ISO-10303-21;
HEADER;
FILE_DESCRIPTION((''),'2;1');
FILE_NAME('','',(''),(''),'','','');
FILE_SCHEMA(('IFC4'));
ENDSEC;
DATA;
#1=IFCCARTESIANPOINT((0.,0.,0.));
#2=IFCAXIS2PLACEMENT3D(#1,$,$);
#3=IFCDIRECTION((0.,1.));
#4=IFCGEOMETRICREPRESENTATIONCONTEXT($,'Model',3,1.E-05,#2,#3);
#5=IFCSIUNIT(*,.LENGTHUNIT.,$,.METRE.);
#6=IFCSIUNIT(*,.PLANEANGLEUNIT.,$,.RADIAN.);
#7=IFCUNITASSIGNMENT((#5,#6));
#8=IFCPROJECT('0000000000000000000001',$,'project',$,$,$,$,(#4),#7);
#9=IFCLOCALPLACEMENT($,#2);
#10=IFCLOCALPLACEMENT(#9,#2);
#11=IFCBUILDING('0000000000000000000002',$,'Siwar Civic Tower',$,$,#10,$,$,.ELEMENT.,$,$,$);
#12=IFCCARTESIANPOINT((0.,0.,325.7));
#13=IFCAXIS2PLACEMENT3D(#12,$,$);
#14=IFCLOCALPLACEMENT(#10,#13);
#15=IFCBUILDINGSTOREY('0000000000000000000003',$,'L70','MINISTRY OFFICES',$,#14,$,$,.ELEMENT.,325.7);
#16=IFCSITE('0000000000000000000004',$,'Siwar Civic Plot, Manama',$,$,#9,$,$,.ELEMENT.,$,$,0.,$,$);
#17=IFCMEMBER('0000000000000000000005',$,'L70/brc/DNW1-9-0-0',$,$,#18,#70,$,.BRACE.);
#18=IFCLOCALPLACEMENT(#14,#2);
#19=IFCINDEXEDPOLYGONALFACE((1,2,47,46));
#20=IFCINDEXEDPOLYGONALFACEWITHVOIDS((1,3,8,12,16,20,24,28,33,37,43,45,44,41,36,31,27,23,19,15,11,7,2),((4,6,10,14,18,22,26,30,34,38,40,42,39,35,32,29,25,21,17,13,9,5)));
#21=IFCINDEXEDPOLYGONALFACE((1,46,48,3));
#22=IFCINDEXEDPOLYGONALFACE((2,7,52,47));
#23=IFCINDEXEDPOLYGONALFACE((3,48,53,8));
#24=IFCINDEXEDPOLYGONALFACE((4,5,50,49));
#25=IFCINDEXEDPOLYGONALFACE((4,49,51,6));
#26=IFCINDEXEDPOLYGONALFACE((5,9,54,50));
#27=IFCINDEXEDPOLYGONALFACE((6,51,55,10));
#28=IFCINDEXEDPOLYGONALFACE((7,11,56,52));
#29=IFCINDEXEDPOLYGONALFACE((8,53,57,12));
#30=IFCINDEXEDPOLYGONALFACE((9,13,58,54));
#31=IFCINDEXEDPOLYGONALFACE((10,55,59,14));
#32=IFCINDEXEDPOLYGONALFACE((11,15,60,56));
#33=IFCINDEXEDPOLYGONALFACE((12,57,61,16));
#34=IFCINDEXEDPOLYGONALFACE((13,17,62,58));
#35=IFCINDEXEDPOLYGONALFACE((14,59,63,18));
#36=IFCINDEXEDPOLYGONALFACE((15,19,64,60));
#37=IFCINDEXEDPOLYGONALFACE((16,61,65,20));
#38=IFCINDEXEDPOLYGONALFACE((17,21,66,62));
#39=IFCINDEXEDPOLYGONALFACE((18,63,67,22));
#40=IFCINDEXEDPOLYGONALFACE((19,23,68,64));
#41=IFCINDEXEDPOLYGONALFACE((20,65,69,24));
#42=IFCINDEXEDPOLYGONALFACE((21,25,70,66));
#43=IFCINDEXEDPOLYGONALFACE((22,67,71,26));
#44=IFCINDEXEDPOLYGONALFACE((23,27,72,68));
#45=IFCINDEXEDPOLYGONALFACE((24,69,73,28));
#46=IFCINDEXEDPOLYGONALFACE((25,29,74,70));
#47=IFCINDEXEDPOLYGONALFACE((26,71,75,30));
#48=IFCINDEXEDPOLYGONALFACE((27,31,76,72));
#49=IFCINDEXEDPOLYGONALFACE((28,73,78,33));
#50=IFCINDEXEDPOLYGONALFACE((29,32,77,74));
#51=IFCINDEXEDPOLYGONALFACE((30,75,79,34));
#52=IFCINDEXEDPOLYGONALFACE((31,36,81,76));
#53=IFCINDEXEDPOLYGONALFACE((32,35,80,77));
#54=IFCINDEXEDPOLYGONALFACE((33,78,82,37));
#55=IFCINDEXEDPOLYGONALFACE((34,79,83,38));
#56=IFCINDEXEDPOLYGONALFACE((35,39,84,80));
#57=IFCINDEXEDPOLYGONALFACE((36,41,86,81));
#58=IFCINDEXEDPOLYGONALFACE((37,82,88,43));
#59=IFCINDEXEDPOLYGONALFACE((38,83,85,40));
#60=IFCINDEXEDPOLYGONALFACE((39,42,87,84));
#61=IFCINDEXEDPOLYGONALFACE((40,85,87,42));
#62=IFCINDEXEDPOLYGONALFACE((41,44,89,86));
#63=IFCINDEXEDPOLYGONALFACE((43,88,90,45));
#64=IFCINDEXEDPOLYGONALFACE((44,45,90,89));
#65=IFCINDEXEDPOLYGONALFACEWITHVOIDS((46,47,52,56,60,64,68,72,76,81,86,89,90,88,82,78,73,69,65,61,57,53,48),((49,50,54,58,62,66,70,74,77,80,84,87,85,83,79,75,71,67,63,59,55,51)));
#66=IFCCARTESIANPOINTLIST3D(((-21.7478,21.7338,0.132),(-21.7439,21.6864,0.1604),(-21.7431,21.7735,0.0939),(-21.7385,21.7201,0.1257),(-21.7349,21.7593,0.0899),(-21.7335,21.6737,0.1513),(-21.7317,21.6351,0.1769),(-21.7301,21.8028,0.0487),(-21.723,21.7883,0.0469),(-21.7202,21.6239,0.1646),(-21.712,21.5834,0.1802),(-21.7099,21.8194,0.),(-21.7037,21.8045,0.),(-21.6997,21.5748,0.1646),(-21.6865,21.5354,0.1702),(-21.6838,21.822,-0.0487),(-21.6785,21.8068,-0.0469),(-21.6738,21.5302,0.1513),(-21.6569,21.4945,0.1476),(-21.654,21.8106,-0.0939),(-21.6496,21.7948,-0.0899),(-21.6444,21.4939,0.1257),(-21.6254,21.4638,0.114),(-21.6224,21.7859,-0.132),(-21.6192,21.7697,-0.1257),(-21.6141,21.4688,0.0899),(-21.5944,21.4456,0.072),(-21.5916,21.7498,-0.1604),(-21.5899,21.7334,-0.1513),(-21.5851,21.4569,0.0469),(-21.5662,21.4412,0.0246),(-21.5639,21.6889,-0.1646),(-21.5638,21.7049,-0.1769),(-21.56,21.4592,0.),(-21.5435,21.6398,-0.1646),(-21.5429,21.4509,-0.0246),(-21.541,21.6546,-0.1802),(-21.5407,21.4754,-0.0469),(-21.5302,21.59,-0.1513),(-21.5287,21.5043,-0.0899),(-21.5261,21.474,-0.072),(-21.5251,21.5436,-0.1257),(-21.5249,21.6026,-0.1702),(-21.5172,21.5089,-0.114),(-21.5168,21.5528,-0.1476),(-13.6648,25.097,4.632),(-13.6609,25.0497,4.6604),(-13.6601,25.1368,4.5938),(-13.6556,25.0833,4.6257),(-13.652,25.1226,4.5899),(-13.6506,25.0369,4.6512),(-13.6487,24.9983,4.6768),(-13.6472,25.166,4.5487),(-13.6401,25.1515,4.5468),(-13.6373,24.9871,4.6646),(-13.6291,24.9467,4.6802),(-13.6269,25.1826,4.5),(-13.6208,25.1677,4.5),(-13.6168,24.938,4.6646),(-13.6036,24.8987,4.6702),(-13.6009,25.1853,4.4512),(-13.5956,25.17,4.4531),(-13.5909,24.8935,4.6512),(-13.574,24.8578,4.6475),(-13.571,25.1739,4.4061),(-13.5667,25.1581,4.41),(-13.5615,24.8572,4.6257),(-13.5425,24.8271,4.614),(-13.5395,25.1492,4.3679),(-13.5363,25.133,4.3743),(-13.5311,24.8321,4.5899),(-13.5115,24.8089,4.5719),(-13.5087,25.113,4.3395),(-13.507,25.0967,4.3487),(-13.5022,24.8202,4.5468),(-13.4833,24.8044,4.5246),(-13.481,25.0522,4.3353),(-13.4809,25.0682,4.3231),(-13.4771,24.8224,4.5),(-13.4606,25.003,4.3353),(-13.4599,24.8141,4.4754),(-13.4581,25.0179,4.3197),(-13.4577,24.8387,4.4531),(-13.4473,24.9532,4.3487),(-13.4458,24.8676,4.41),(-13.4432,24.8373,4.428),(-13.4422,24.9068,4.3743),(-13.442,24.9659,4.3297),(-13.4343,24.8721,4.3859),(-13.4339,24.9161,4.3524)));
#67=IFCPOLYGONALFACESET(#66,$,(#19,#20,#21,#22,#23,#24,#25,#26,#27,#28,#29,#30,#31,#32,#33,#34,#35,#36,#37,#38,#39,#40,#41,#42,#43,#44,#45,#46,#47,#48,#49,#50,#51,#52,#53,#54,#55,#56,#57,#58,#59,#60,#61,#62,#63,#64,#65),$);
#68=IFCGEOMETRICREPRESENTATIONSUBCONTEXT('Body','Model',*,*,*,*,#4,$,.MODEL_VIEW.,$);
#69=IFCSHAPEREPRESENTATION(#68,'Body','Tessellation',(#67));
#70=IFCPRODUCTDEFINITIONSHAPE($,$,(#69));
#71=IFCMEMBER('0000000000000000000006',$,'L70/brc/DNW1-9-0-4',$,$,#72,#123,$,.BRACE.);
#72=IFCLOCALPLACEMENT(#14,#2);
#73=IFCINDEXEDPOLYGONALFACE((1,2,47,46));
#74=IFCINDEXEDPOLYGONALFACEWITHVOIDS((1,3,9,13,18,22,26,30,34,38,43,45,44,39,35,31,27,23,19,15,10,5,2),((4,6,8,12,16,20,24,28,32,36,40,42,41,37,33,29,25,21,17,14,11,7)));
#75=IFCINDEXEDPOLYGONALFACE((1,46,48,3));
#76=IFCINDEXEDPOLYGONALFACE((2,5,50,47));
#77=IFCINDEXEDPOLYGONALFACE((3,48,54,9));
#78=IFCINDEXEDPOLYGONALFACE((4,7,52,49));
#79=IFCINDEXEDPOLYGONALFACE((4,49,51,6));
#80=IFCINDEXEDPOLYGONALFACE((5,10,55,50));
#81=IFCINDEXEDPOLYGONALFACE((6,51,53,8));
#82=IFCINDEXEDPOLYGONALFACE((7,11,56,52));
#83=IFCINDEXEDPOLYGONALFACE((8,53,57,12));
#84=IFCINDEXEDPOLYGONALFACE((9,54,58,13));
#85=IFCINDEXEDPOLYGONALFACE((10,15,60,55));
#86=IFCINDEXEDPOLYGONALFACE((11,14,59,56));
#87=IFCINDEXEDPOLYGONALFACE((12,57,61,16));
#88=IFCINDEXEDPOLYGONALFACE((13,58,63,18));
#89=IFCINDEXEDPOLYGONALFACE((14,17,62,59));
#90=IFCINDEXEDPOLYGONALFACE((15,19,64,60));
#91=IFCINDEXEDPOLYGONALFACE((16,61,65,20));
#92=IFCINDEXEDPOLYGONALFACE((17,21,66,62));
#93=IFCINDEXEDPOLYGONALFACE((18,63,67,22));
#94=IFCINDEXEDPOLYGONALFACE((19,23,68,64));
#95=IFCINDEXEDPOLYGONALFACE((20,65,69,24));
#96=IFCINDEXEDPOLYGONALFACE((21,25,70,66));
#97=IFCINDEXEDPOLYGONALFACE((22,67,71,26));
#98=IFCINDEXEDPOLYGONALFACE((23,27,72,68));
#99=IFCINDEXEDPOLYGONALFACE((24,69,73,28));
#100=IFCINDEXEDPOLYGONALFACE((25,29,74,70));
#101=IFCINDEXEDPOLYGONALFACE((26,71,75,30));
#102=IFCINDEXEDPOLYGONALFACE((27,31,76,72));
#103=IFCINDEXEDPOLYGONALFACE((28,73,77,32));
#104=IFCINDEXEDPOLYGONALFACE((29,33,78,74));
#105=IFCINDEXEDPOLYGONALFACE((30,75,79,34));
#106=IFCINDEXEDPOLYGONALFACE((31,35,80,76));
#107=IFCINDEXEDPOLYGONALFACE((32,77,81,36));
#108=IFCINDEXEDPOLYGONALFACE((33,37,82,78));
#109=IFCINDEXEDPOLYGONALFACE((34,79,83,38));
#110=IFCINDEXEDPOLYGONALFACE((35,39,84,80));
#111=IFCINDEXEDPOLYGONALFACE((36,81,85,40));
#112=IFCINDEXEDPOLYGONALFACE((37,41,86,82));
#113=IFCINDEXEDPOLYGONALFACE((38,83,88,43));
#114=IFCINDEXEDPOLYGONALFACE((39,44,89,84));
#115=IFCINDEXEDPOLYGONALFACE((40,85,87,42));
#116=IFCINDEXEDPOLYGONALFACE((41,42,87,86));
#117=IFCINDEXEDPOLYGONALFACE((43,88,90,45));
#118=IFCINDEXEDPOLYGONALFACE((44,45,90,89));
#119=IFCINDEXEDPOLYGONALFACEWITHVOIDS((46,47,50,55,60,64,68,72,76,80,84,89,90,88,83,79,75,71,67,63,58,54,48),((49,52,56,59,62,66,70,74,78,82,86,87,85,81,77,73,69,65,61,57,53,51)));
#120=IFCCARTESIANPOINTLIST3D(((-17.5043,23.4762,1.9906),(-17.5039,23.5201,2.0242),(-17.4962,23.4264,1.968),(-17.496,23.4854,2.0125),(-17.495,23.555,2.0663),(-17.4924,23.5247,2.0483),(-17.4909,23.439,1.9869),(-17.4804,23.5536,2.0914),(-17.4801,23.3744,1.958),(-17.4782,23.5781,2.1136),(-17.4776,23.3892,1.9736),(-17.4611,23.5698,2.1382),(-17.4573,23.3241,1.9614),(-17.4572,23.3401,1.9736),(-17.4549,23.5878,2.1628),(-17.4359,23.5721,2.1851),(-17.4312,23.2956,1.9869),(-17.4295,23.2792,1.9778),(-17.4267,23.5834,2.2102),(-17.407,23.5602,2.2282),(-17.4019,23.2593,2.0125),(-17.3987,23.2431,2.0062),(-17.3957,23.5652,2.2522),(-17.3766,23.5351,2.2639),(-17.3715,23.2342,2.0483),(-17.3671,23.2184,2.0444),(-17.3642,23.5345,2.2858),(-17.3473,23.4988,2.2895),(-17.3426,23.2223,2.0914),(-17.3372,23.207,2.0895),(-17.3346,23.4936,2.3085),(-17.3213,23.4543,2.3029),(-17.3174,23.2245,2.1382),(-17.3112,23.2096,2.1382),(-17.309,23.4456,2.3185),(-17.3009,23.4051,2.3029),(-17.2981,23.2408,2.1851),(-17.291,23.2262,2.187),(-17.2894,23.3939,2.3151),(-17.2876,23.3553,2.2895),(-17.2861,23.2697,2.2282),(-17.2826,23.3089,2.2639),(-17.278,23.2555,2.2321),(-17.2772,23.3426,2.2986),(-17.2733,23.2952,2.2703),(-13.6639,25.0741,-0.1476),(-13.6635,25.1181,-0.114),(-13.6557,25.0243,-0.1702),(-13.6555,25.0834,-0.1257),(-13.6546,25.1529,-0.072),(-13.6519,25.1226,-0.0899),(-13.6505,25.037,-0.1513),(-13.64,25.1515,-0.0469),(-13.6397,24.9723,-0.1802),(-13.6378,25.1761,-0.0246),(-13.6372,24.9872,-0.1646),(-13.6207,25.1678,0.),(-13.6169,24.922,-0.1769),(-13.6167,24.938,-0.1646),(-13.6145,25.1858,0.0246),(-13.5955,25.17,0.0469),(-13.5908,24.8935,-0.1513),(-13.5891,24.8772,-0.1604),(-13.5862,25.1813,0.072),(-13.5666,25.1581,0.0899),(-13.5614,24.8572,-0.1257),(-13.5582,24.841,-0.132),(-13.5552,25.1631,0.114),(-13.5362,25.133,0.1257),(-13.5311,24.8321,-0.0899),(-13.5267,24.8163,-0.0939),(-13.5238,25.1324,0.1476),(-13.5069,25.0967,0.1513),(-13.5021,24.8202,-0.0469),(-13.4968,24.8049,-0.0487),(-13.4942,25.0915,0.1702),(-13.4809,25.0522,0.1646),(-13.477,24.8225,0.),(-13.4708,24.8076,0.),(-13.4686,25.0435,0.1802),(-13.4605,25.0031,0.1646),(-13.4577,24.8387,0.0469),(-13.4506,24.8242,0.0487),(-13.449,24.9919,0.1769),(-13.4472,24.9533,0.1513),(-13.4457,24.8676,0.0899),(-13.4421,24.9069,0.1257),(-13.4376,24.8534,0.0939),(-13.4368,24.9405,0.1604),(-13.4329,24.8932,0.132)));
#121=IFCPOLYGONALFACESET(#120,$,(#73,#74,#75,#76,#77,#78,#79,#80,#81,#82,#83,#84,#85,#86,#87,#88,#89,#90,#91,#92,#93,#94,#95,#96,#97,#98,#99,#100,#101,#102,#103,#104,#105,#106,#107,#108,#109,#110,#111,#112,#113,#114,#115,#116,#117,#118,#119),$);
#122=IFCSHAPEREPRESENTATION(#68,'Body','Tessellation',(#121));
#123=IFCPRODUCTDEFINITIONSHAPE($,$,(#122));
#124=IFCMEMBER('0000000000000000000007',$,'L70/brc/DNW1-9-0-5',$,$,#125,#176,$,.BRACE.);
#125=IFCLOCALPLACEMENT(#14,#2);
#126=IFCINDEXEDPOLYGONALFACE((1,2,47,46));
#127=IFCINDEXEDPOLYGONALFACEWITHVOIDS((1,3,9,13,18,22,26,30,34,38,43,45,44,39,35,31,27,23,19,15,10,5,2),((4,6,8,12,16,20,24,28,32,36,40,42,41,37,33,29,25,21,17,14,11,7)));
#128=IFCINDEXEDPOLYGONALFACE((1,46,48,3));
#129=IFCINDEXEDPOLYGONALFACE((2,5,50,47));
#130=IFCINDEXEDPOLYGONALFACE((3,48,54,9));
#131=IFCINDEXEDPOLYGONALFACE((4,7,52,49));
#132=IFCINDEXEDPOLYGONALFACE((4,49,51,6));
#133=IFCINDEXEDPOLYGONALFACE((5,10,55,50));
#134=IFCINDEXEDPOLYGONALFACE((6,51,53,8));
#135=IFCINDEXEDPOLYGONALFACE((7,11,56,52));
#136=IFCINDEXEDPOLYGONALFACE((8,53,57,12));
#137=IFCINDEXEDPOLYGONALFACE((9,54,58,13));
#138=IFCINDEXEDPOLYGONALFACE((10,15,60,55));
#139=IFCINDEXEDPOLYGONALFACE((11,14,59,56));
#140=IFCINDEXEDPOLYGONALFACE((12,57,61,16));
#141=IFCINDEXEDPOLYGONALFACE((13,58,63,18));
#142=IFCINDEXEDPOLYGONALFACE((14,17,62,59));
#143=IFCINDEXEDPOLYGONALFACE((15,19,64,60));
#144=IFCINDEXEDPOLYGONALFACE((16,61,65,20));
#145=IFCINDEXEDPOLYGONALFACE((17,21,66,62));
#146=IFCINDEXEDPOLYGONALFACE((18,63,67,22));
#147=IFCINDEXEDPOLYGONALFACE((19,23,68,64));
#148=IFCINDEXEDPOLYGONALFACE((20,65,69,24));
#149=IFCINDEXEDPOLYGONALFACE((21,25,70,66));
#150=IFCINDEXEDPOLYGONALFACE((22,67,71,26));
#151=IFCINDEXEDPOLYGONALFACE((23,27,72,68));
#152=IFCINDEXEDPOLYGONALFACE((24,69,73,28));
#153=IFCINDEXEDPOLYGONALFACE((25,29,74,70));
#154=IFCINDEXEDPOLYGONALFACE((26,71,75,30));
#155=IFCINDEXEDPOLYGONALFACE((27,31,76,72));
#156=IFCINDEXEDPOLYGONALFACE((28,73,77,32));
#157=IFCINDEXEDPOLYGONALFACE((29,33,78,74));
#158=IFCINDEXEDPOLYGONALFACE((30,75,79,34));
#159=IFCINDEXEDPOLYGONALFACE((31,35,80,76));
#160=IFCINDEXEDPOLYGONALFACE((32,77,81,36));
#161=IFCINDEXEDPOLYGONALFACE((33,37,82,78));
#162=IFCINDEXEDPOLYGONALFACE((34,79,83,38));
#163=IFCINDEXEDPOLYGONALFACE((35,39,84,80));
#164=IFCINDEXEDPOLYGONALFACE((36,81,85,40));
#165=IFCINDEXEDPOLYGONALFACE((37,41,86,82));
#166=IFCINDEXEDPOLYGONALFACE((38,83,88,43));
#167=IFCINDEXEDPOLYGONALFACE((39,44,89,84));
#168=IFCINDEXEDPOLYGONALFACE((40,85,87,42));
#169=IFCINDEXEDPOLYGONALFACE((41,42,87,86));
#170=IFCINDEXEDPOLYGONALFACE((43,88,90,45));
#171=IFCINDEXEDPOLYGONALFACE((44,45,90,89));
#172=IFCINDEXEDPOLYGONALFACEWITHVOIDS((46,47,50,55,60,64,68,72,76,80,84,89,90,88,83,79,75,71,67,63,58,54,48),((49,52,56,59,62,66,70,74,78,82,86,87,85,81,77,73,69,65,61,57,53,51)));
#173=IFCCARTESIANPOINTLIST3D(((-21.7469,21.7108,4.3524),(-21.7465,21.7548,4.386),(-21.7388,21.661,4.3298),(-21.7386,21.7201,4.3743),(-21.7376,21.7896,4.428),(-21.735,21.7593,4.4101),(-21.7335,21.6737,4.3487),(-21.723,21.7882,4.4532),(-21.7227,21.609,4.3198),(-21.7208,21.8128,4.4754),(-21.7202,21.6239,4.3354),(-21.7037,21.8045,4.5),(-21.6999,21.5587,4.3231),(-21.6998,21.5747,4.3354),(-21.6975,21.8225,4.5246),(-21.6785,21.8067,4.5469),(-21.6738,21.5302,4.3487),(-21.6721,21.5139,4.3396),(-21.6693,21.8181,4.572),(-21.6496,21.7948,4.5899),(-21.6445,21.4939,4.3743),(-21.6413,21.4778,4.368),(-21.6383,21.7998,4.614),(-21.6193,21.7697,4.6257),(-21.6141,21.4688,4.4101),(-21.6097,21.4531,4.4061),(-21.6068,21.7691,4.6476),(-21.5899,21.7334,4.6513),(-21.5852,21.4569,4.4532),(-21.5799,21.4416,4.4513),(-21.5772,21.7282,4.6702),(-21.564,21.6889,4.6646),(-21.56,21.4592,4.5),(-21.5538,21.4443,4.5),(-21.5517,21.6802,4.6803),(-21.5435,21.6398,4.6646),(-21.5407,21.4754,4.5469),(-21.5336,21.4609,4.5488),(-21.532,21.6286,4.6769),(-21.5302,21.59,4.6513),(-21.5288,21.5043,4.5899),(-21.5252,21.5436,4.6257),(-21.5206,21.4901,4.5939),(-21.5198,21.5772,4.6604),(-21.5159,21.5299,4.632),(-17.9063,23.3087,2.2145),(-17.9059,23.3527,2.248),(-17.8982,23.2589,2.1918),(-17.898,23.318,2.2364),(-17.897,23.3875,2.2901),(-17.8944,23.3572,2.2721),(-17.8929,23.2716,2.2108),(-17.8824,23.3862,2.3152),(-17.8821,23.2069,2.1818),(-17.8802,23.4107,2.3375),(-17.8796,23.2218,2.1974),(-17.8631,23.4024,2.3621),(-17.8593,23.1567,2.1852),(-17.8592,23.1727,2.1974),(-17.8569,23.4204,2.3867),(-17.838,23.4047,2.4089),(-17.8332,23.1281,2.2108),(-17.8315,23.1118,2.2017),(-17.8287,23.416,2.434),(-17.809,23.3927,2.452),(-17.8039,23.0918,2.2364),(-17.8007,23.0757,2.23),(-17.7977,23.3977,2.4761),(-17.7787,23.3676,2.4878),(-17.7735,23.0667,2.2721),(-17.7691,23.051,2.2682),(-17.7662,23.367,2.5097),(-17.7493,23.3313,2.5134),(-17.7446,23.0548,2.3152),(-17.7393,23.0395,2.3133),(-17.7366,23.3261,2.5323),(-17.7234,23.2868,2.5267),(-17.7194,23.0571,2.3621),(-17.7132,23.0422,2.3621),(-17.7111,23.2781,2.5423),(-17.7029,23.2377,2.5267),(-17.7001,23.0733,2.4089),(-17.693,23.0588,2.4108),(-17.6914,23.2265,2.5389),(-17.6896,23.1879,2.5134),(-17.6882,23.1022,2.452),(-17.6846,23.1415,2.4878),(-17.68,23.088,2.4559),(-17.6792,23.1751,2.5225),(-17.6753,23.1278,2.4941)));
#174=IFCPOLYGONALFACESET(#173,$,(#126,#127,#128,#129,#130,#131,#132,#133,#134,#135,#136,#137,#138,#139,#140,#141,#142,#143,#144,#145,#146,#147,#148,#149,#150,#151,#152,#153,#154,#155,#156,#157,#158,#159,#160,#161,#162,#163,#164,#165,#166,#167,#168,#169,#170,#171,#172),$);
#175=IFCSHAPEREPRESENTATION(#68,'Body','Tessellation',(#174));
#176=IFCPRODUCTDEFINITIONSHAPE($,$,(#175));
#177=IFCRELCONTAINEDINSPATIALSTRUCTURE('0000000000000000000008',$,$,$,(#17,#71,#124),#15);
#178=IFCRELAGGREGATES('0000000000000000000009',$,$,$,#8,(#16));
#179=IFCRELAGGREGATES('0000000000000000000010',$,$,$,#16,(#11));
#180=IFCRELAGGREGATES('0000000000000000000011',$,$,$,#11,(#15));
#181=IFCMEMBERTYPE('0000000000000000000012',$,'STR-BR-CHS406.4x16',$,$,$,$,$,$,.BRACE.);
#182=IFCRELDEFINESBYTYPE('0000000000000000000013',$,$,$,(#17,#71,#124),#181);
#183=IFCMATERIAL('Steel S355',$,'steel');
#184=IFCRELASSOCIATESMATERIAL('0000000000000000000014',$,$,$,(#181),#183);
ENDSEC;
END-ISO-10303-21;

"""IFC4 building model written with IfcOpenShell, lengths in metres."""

from ifc_helpers import new_model, si_unit, direction, frame, origin, origin_2d, place, context, subcontext, project, spatial, hollow_circle, extrude, material, material_profile, profile_set, type_object, element, save


model = new_model("IFC4")

# Units and contexts
model_context = context("Model", 3, precision=1e-05, world=origin(), true_north=direction((0.0, 1.0)))
body_context = subcontext(model_context, "Body", "Model", "MODEL_VIEW")
ifc_project = project(units=[si_unit("LENGTHUNIT", "METRE"), si_unit("PLANEANGLEUNIT", "RADIAN")], contexts=[model_context])

# Site, building, storey
site_placement = place(None, origin())
site = spatial("IfcSite", under=ifc_project, at=site_placement, Name="Siwar Civic Plot, Manama", CompositionType="ELEMENT", RefElevation=0.0)
building_placement = place(site_placement, origin())
building = spatial("IfcBuilding", under=site, at=building_placement, Name="Siwar Civic Tower", CompositionType="ELEMENT")
storey_placement = place(building_placement, frame((0.0, 0.0, 325.7)))
storey = spatial("IfcBuildingStorey", under=building, at=storey_placement, Name="L70", Description="MINISTRY OFFICES", CompositionType="ELEMENT", Elevation=325.7)

# Members
ifc_material_1 = material(Name="Steel S355", Category="steel")
ifc_material_profile_1 = material_profile(ifc_material_1, hollow_circle(Radius=0.2031, WallThickness=0.0161, at=origin_2d()), Name="CHS406.4x16")
ifc_profile_set_1 = profile_set([ifc_material_profile_1], Name="Steel S355")
member_type_1 = type_object("IfcMemberType", Name="STR-BR-CHS406.4x16", PredefinedType="BRACE", material=ifc_profile_set_1)
member_1_placement = place(storey_placement, frame((-21.6318, 21.6318, 0.0), z_axis=(0.821143, 0.341671, 0.457149), x_axis=(-0.384164, 0.923265, 0.0)))
element("IfcMember", 1, at=member_1_placement, inside=storey, type_object=member_type_1, Name="L70/brc/DNW1-9-0-0", PredefinedType="BRACE", context=body_context, shape_type="SweptSolid", body=[
    extrude(hollow_circle(Radius=0.2031, WallThickness=0.0161, at=origin_2d()), origin(), (0.0, 0.0, 1.0), 9.8435),
])
for number, where, z_axis, x_axis, name in (
    (2, (-13.5488, 24.9951, 0.0), (-0.82113, -0.341659, 0.457181), (0.384157, -0.923268, 0.0), "L70/brc/DNW1-9-0-4"),
    (3, (-17.7913, 23.2297, 2.3621), (-0.821167, -0.341653, 0.45712), (0.384136, -0.923276, 0.0), "L70/brc/DNW1-9-0-5"),
):
    element("IfcMember", number, at=place(storey_placement, frame(where, z_axis=z_axis, x_axis=x_axis)), inside=storey, type_object=member_type_1, Name=name, PredefinedType="BRACE", context=body_context, shape_type="SweptSolid", body=[
        extrude(hollow_circle(Radius=0.2031, WallThickness=0.0161, at=origin_2d()), origin(), (0.0, 0.0, 1.0), 4.677),
    ])

save(model, "model.ifc")
